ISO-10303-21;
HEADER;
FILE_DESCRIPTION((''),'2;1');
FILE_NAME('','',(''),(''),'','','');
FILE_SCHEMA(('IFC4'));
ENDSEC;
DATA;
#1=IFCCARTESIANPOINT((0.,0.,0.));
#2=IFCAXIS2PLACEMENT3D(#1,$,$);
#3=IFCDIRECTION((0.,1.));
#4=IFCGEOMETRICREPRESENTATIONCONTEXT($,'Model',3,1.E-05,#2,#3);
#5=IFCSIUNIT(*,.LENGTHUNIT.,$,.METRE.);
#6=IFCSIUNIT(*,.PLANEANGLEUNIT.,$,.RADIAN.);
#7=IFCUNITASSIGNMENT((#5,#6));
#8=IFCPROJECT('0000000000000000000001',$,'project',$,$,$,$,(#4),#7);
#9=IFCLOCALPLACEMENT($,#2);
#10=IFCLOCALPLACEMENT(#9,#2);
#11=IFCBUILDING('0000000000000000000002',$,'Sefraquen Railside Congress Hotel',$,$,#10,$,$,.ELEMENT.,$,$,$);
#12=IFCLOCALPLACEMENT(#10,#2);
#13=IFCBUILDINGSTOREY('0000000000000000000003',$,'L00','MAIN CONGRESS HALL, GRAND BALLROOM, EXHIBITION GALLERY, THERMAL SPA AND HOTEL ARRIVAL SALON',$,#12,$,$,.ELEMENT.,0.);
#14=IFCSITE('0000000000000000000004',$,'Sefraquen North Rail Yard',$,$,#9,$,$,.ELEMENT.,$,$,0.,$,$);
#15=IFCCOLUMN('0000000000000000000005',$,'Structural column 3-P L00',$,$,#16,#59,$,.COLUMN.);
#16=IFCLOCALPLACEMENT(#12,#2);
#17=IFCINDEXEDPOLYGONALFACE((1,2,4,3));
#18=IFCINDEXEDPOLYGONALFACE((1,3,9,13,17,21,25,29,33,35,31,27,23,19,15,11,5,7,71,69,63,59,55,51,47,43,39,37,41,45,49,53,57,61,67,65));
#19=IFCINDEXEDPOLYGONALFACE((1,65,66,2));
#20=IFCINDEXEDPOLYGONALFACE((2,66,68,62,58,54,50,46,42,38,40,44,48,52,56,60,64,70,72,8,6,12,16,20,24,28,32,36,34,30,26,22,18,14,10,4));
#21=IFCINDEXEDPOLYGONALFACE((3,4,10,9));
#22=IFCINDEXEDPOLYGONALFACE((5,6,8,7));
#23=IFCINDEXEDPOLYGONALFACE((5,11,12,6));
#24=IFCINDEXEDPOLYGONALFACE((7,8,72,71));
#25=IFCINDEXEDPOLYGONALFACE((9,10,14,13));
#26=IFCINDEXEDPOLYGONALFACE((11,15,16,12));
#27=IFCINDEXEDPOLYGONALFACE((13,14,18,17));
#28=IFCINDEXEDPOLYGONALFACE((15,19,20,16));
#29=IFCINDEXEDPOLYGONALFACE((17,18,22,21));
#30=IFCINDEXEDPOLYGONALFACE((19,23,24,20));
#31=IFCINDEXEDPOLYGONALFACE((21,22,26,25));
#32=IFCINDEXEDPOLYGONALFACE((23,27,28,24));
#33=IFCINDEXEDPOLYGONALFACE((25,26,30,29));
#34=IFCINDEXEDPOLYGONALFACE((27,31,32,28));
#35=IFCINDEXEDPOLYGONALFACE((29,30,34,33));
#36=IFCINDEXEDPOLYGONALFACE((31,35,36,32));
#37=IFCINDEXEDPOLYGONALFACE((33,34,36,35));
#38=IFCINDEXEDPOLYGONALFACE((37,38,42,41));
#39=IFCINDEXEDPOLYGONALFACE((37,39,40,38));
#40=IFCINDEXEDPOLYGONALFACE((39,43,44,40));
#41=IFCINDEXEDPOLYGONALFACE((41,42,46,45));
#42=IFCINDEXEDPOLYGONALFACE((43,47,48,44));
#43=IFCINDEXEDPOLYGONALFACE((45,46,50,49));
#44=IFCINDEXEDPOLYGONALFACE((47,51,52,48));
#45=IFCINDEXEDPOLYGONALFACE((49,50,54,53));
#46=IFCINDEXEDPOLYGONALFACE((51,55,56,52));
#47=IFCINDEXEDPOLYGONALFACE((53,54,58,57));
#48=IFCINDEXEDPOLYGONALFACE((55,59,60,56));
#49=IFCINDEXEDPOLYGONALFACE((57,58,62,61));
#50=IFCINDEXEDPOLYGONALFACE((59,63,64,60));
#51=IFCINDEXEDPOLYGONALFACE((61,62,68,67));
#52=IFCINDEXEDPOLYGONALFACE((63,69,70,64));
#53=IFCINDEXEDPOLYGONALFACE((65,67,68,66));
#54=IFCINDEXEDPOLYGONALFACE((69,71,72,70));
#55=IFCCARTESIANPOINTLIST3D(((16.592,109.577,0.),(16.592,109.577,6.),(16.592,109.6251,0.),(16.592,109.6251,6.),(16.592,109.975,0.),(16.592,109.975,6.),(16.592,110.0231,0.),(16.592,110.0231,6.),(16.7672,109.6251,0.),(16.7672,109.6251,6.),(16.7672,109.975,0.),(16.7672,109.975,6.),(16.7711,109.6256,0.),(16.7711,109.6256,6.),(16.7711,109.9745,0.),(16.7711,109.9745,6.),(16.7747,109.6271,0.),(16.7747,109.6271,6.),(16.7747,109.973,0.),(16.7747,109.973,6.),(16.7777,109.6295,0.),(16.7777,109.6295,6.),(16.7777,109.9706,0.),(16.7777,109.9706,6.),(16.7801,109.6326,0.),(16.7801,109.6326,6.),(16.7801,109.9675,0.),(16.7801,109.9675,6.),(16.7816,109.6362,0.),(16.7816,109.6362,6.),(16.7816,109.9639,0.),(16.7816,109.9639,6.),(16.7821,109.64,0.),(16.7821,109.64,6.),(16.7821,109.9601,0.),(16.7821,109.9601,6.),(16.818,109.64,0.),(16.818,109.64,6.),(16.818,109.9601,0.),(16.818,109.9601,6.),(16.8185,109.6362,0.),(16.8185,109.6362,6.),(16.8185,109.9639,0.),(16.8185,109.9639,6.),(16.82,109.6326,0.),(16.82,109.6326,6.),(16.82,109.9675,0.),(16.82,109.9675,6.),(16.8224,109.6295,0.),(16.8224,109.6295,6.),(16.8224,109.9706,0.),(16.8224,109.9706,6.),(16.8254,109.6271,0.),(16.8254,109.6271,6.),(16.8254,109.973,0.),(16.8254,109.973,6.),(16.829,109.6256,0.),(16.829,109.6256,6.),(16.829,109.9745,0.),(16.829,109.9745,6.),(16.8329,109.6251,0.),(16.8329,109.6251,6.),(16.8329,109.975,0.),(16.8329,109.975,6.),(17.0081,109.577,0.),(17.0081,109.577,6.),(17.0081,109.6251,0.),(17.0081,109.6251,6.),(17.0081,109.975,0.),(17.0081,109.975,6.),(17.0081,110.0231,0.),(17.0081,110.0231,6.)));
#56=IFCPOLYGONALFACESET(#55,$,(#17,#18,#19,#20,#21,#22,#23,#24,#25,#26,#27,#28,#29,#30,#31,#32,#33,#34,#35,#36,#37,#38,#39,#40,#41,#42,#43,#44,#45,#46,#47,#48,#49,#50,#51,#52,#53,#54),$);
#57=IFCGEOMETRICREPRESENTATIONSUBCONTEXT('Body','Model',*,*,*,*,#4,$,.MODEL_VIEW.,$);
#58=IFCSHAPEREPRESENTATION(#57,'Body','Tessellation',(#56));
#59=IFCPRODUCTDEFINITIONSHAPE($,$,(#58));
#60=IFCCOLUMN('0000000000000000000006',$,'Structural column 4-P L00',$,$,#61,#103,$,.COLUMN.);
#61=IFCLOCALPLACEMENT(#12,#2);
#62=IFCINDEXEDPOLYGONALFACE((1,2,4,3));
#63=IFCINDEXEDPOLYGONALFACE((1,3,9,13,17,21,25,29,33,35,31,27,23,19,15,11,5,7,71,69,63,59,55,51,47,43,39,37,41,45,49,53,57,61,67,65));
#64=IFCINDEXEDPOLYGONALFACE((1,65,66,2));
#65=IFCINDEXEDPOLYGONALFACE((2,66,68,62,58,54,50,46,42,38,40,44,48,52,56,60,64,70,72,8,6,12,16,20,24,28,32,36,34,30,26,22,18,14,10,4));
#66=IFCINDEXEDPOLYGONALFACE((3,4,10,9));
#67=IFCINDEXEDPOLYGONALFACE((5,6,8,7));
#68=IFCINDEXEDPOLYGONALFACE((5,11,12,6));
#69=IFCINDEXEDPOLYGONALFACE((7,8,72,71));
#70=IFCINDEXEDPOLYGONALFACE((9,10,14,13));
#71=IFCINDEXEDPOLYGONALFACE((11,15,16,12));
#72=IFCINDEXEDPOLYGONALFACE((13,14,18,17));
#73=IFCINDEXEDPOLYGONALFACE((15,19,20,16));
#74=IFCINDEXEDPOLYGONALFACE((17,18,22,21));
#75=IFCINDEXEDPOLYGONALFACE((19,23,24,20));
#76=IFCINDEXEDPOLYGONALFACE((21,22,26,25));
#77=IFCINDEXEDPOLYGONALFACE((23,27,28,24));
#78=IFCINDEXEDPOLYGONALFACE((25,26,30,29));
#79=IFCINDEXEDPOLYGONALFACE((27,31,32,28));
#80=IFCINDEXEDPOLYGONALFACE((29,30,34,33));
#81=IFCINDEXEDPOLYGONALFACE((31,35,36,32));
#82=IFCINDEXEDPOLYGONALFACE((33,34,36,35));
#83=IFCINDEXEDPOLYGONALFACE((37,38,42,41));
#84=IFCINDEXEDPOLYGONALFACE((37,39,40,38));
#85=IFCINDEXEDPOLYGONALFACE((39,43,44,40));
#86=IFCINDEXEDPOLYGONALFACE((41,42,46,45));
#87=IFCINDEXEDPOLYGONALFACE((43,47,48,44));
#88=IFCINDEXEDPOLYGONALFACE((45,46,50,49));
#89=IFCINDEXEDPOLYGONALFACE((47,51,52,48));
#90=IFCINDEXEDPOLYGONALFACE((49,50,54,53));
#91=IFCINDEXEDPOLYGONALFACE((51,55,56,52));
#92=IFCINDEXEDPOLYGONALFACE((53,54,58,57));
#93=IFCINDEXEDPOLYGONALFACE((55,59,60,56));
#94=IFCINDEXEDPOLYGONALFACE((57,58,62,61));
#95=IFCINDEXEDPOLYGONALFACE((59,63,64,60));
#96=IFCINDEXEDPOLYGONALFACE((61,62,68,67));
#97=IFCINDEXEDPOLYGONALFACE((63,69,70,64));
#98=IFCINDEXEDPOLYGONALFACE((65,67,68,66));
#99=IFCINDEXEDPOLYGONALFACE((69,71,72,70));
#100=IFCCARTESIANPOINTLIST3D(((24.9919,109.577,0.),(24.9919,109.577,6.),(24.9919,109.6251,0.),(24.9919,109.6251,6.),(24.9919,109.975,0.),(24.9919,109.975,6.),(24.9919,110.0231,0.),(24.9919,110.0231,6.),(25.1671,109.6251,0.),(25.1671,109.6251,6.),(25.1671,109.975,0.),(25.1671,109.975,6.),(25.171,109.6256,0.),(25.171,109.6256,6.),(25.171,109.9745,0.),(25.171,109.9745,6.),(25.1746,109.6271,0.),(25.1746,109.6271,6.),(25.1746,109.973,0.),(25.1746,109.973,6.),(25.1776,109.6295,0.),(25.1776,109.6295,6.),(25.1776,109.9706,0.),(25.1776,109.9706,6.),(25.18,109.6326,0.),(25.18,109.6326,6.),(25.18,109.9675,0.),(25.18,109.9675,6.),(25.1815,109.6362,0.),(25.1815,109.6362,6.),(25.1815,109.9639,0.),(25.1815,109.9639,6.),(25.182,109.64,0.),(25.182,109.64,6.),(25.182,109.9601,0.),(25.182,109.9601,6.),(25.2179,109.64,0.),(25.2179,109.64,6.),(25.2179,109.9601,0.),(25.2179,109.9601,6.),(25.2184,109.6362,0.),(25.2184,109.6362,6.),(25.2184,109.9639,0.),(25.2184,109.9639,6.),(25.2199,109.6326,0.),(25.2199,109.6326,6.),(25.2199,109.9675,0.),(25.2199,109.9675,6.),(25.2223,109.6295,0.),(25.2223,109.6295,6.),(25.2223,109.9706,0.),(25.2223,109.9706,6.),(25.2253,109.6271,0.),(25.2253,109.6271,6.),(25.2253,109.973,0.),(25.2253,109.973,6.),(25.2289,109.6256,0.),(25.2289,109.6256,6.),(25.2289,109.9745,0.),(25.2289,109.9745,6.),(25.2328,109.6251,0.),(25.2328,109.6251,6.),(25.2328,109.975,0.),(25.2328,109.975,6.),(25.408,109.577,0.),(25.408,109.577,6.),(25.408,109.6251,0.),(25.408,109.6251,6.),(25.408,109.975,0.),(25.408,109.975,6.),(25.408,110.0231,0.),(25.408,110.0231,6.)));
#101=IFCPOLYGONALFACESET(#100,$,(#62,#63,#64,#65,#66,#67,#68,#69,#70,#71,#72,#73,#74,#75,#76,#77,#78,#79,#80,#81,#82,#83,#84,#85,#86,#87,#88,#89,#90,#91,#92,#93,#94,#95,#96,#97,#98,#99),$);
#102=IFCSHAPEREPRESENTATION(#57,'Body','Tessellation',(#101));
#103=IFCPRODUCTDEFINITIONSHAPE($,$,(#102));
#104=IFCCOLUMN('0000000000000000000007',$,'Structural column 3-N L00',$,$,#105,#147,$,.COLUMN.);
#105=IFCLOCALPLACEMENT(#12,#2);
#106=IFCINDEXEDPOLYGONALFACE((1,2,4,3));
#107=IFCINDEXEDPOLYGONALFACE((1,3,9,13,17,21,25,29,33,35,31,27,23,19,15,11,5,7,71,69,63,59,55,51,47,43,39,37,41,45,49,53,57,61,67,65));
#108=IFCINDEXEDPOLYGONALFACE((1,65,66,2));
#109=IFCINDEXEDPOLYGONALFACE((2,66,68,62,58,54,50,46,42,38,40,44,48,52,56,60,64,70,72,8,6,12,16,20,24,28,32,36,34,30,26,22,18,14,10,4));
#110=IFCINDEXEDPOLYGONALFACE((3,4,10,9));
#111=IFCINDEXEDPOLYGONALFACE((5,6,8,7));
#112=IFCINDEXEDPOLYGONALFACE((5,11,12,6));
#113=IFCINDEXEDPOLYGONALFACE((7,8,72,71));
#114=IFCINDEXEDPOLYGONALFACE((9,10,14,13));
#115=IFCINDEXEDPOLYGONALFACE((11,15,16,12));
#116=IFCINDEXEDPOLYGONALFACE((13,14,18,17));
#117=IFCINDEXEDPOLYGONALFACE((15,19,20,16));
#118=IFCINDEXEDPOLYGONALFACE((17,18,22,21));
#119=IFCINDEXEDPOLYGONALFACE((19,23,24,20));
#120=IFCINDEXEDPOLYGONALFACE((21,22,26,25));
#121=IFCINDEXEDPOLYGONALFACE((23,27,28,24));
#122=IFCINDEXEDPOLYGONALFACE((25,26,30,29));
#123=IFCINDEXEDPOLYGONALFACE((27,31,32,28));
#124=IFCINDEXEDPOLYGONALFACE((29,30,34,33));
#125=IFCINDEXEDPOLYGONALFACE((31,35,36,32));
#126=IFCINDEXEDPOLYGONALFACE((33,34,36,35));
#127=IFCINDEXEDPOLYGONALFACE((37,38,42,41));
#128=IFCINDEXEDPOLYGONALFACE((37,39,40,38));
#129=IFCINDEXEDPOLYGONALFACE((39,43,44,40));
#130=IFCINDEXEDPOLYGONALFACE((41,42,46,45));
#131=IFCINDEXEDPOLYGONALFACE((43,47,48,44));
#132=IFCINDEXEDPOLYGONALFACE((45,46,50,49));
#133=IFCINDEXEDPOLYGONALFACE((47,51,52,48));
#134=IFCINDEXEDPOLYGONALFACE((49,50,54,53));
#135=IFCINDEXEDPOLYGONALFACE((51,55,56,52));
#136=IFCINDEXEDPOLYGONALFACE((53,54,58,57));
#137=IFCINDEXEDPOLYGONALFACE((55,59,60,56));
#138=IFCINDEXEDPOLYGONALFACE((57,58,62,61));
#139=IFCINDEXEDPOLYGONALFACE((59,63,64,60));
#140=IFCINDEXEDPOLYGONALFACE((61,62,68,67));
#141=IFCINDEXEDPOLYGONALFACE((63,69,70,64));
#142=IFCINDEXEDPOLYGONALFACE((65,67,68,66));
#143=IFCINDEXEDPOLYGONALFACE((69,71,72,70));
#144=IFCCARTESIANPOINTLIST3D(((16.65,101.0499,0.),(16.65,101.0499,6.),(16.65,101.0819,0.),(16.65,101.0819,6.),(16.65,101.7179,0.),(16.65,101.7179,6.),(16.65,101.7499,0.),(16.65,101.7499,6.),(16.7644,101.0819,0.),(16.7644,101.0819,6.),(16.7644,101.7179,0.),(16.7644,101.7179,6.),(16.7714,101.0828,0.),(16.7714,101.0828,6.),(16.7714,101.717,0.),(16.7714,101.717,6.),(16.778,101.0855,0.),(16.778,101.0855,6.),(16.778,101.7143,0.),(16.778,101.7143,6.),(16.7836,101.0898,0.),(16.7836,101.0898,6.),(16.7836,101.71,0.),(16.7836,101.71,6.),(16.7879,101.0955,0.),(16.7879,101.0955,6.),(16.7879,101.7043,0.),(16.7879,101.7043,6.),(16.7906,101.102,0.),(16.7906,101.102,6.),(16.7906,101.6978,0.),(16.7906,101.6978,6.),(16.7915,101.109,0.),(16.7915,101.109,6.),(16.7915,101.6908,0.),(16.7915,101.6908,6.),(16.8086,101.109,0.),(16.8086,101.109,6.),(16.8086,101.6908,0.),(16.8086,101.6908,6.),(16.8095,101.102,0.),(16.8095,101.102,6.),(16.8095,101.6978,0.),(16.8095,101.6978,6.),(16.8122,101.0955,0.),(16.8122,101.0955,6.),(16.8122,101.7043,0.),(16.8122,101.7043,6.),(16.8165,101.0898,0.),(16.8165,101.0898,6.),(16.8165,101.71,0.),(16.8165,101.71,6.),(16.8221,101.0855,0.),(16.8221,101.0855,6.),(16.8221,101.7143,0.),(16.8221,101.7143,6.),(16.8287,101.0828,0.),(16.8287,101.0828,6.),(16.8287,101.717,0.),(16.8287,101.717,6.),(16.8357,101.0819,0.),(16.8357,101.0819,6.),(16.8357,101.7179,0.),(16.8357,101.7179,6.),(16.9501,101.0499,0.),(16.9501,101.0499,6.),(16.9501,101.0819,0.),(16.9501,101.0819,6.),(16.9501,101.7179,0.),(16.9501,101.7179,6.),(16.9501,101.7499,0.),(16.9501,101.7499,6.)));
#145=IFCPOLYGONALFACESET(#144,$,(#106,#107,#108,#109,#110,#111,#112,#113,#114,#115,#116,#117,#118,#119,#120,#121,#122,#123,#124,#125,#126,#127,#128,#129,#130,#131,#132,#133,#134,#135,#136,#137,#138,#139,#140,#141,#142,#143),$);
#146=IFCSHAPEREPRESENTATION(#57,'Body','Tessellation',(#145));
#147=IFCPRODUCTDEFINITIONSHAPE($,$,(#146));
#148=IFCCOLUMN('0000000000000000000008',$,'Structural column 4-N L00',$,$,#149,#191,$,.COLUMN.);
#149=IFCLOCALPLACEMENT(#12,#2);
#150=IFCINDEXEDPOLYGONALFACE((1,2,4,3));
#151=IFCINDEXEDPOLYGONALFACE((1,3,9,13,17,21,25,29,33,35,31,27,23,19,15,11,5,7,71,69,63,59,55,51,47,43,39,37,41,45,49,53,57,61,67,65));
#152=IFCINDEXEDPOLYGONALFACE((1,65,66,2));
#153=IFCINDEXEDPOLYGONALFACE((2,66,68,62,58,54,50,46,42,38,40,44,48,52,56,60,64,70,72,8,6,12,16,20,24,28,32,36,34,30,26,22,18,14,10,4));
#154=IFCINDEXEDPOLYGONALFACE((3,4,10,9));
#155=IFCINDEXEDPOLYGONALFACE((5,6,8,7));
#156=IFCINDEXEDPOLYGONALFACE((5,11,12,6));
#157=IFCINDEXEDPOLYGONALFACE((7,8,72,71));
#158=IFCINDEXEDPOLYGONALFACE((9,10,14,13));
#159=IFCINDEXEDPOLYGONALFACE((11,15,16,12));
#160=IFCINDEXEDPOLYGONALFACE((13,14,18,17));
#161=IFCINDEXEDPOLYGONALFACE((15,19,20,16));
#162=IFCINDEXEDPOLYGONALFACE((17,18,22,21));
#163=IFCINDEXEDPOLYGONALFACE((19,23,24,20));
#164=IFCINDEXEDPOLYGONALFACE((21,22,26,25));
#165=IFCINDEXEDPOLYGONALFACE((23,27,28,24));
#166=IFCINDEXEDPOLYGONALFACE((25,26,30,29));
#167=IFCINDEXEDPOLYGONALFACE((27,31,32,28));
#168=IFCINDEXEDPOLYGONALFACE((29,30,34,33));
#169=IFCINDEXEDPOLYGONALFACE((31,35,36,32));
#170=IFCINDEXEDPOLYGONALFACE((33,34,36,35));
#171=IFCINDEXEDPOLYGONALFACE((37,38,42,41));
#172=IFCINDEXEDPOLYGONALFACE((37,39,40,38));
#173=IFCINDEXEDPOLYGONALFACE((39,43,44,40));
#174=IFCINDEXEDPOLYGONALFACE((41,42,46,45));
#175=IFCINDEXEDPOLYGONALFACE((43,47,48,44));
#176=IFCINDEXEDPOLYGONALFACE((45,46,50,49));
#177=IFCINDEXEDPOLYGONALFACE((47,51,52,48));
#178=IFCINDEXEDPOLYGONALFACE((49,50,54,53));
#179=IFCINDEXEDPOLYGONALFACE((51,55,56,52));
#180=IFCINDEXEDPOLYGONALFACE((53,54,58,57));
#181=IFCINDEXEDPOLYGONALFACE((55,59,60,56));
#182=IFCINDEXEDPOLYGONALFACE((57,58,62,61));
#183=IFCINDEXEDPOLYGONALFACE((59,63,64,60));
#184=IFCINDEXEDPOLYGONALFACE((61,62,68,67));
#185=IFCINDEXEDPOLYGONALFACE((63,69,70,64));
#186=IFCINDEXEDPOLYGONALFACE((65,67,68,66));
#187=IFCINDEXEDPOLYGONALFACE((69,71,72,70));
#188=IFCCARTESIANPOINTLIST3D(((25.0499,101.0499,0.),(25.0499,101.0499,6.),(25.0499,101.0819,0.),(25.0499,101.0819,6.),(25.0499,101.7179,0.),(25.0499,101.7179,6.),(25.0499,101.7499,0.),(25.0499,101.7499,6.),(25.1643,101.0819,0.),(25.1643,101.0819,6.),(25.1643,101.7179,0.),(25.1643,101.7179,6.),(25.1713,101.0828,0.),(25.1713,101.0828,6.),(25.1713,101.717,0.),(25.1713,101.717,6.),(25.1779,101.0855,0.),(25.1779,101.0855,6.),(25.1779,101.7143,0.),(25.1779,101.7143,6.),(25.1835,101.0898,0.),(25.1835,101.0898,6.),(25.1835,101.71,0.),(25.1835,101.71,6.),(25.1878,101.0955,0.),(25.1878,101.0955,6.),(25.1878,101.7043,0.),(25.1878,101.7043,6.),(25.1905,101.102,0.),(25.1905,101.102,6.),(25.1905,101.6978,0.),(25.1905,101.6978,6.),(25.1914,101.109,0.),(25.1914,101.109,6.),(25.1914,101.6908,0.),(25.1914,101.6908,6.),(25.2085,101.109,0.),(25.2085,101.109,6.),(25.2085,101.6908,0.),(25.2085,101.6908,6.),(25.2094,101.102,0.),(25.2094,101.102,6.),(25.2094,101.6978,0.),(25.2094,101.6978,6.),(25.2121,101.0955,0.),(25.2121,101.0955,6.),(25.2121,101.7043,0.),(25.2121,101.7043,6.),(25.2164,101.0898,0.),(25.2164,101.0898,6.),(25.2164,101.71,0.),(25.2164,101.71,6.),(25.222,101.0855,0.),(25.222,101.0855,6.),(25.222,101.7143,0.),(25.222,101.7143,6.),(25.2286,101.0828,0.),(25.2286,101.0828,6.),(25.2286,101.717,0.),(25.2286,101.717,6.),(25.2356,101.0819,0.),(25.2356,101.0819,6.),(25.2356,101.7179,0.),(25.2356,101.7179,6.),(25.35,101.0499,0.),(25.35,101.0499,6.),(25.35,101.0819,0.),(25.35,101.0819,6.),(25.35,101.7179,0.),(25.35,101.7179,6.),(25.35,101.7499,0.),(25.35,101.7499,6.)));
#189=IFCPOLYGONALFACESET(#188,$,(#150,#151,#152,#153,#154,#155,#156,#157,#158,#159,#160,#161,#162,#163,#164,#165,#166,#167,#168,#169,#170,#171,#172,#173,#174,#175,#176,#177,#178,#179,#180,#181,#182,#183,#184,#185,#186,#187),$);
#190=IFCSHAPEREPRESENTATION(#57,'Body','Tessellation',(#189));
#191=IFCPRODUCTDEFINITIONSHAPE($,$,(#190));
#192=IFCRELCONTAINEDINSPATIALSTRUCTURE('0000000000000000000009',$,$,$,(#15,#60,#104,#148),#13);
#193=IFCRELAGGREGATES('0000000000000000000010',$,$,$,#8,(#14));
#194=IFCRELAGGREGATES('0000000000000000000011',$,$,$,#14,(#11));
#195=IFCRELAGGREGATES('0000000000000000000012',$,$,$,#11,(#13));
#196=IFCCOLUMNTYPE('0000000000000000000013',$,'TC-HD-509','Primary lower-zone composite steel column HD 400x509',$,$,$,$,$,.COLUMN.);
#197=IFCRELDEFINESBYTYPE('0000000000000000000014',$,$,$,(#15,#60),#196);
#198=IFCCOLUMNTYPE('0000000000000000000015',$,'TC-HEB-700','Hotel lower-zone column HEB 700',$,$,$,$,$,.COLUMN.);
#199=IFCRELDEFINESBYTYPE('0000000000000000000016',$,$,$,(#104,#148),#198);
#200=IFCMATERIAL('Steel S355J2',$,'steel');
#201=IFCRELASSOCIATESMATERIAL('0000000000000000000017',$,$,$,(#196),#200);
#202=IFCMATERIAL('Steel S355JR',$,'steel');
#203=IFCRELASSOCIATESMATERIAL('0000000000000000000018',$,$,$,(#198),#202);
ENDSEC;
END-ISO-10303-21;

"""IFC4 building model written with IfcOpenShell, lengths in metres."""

from ifc_helpers import new_model, si_unit, direction, frame, origin, origin_2d, place, context, subcontext, project, spatial, i_section, extrude, material, material_profile, profile_set, type_object, element, save


model = new_model("IFC4")

# Units and contexts
model_context = context("Model", 3, precision=1e-05, world=origin(), true_north=direction((0.0, 1.0)))
body_context = subcontext(model_context, "Body", "Model", "MODEL_VIEW")
ifc_project = project(units=[si_unit("LENGTHUNIT", "METRE"), si_unit("PLANEANGLEUNIT", "RADIAN")], contexts=[model_context])

# Site, building, storey
site_placement = place(None, origin())
site = spatial("IfcSite", under=ifc_project, at=site_placement, Name="Sefraquen North Rail Yard", CompositionType="ELEMENT", RefElevation=0.0)
building_placement = place(site_placement, origin())
building = spatial("IfcBuilding", under=site, at=building_placement, Name="Sefraquen Railside Congress Hotel", CompositionType="ELEMENT")
storey_placement = place(building_placement, origin())
storey = spatial("IfcBuildingStorey", under=building, at=storey_placement, Name="L00", Description="MAIN CONGRESS HALL, GRAND BALLROOM, EXHIBITION GALLERY, THERMAL SPA AND HOTEL ARRIVAL SALON", CompositionType="ELEMENT", Elevation=0.0)

# Columns
ifc_material_1 = material(Name="Steel S355J2", Category="steel")
ifc_material_profile_1 = material_profile(ifc_material_1, i_section(OverallWidth=0.416, OverallDepth=0.446, WebThickness=0.0359, FlangeThickness=0.0481, FilletRadius=0.0149, at=origin_2d()), Name="HD 400x509")
ifc_profile_set_1 = profile_set([ifc_material_profile_1], Name="Steel S355J2")
column_type_1 = type_object("IfcColumnType", Name="TC-HD-509", Description="Primary lower-zone composite steel column HD 400x509", PredefinedType="COLUMN", material=ifc_profile_set_1)
for number, where, z_axis, x_axis, name in (
    (1, (16.8, 109.8, 0.0), (0.0, 0.0, 1.0), (1.0, 0.0, 0.0), "Structural column 3-P L00"),
    (2, (25.2, 109.8, 0.0), (0.0, 0.0, 1.0), (1.0, 0.0, 0.0), "Structural column 4-P L00"),
):
    element("IfcColumn", number, at=place(storey_placement, frame(where, z_axis=z_axis, x_axis=x_axis)), inside=storey, type_object=column_type_1, Name=name, PredefinedType="COLUMN", context=body_context, shape_type="SweptSolid", body=[
        extrude(i_section(OverallWidth=0.416, OverallDepth=0.446, WebThickness=0.0359, FlangeThickness=0.0481, FilletRadius=0.0149, at=origin_2d()), origin(), (0.0, 0.0, 1.0), 6.0),
    ])
ifc_material_2 = material(Name="Steel S355JR", Category="steel")
ifc_material_profile_2 = material_profile(ifc_material_2, i_section(OverallWidth=0.3, OverallDepth=0.7, WebThickness=0.0171, FlangeThickness=0.032, FilletRadius=0.0271, at=origin_2d()), Name="HEB 700")
ifc_profile_set_2 = profile_set([ifc_material_profile_2], Name="Steel S355JR")
column_type_2 = type_object("IfcColumnType", Name="TC-HEB-700", Description="Hotel lower-zone column HEB 700", PredefinedType="COLUMN", material=ifc_profile_set_2)
for number, where, z_axis, x_axis, name in (
    (3, (16.8, 101.3999, 0.0), (0.0, 0.0, 1.0), (1.0, 0.0, 0.0), "Structural column 3-N L00"),
    (4, (25.2, 101.3999, 0.0), (0.0, 0.0, 1.0), (1.0, 0.0, 0.0), "Structural column 4-N L00"),
):
    element("IfcColumn", number, at=place(storey_placement, frame(where, z_axis=z_axis, x_axis=x_axis)), inside=storey, type_object=column_type_2, Name=name, PredefinedType="COLUMN", context=body_context, shape_type="SweptSolid", body=[
        extrude(i_section(OverallWidth=0.3, OverallDepth=0.7, WebThickness=0.0171, FlangeThickness=0.032, FilletRadius=0.0271, at=origin_2d()), origin(), (0.0, 0.0, 1.0), 6.0),
    ])

save(model, "model.ifc")
